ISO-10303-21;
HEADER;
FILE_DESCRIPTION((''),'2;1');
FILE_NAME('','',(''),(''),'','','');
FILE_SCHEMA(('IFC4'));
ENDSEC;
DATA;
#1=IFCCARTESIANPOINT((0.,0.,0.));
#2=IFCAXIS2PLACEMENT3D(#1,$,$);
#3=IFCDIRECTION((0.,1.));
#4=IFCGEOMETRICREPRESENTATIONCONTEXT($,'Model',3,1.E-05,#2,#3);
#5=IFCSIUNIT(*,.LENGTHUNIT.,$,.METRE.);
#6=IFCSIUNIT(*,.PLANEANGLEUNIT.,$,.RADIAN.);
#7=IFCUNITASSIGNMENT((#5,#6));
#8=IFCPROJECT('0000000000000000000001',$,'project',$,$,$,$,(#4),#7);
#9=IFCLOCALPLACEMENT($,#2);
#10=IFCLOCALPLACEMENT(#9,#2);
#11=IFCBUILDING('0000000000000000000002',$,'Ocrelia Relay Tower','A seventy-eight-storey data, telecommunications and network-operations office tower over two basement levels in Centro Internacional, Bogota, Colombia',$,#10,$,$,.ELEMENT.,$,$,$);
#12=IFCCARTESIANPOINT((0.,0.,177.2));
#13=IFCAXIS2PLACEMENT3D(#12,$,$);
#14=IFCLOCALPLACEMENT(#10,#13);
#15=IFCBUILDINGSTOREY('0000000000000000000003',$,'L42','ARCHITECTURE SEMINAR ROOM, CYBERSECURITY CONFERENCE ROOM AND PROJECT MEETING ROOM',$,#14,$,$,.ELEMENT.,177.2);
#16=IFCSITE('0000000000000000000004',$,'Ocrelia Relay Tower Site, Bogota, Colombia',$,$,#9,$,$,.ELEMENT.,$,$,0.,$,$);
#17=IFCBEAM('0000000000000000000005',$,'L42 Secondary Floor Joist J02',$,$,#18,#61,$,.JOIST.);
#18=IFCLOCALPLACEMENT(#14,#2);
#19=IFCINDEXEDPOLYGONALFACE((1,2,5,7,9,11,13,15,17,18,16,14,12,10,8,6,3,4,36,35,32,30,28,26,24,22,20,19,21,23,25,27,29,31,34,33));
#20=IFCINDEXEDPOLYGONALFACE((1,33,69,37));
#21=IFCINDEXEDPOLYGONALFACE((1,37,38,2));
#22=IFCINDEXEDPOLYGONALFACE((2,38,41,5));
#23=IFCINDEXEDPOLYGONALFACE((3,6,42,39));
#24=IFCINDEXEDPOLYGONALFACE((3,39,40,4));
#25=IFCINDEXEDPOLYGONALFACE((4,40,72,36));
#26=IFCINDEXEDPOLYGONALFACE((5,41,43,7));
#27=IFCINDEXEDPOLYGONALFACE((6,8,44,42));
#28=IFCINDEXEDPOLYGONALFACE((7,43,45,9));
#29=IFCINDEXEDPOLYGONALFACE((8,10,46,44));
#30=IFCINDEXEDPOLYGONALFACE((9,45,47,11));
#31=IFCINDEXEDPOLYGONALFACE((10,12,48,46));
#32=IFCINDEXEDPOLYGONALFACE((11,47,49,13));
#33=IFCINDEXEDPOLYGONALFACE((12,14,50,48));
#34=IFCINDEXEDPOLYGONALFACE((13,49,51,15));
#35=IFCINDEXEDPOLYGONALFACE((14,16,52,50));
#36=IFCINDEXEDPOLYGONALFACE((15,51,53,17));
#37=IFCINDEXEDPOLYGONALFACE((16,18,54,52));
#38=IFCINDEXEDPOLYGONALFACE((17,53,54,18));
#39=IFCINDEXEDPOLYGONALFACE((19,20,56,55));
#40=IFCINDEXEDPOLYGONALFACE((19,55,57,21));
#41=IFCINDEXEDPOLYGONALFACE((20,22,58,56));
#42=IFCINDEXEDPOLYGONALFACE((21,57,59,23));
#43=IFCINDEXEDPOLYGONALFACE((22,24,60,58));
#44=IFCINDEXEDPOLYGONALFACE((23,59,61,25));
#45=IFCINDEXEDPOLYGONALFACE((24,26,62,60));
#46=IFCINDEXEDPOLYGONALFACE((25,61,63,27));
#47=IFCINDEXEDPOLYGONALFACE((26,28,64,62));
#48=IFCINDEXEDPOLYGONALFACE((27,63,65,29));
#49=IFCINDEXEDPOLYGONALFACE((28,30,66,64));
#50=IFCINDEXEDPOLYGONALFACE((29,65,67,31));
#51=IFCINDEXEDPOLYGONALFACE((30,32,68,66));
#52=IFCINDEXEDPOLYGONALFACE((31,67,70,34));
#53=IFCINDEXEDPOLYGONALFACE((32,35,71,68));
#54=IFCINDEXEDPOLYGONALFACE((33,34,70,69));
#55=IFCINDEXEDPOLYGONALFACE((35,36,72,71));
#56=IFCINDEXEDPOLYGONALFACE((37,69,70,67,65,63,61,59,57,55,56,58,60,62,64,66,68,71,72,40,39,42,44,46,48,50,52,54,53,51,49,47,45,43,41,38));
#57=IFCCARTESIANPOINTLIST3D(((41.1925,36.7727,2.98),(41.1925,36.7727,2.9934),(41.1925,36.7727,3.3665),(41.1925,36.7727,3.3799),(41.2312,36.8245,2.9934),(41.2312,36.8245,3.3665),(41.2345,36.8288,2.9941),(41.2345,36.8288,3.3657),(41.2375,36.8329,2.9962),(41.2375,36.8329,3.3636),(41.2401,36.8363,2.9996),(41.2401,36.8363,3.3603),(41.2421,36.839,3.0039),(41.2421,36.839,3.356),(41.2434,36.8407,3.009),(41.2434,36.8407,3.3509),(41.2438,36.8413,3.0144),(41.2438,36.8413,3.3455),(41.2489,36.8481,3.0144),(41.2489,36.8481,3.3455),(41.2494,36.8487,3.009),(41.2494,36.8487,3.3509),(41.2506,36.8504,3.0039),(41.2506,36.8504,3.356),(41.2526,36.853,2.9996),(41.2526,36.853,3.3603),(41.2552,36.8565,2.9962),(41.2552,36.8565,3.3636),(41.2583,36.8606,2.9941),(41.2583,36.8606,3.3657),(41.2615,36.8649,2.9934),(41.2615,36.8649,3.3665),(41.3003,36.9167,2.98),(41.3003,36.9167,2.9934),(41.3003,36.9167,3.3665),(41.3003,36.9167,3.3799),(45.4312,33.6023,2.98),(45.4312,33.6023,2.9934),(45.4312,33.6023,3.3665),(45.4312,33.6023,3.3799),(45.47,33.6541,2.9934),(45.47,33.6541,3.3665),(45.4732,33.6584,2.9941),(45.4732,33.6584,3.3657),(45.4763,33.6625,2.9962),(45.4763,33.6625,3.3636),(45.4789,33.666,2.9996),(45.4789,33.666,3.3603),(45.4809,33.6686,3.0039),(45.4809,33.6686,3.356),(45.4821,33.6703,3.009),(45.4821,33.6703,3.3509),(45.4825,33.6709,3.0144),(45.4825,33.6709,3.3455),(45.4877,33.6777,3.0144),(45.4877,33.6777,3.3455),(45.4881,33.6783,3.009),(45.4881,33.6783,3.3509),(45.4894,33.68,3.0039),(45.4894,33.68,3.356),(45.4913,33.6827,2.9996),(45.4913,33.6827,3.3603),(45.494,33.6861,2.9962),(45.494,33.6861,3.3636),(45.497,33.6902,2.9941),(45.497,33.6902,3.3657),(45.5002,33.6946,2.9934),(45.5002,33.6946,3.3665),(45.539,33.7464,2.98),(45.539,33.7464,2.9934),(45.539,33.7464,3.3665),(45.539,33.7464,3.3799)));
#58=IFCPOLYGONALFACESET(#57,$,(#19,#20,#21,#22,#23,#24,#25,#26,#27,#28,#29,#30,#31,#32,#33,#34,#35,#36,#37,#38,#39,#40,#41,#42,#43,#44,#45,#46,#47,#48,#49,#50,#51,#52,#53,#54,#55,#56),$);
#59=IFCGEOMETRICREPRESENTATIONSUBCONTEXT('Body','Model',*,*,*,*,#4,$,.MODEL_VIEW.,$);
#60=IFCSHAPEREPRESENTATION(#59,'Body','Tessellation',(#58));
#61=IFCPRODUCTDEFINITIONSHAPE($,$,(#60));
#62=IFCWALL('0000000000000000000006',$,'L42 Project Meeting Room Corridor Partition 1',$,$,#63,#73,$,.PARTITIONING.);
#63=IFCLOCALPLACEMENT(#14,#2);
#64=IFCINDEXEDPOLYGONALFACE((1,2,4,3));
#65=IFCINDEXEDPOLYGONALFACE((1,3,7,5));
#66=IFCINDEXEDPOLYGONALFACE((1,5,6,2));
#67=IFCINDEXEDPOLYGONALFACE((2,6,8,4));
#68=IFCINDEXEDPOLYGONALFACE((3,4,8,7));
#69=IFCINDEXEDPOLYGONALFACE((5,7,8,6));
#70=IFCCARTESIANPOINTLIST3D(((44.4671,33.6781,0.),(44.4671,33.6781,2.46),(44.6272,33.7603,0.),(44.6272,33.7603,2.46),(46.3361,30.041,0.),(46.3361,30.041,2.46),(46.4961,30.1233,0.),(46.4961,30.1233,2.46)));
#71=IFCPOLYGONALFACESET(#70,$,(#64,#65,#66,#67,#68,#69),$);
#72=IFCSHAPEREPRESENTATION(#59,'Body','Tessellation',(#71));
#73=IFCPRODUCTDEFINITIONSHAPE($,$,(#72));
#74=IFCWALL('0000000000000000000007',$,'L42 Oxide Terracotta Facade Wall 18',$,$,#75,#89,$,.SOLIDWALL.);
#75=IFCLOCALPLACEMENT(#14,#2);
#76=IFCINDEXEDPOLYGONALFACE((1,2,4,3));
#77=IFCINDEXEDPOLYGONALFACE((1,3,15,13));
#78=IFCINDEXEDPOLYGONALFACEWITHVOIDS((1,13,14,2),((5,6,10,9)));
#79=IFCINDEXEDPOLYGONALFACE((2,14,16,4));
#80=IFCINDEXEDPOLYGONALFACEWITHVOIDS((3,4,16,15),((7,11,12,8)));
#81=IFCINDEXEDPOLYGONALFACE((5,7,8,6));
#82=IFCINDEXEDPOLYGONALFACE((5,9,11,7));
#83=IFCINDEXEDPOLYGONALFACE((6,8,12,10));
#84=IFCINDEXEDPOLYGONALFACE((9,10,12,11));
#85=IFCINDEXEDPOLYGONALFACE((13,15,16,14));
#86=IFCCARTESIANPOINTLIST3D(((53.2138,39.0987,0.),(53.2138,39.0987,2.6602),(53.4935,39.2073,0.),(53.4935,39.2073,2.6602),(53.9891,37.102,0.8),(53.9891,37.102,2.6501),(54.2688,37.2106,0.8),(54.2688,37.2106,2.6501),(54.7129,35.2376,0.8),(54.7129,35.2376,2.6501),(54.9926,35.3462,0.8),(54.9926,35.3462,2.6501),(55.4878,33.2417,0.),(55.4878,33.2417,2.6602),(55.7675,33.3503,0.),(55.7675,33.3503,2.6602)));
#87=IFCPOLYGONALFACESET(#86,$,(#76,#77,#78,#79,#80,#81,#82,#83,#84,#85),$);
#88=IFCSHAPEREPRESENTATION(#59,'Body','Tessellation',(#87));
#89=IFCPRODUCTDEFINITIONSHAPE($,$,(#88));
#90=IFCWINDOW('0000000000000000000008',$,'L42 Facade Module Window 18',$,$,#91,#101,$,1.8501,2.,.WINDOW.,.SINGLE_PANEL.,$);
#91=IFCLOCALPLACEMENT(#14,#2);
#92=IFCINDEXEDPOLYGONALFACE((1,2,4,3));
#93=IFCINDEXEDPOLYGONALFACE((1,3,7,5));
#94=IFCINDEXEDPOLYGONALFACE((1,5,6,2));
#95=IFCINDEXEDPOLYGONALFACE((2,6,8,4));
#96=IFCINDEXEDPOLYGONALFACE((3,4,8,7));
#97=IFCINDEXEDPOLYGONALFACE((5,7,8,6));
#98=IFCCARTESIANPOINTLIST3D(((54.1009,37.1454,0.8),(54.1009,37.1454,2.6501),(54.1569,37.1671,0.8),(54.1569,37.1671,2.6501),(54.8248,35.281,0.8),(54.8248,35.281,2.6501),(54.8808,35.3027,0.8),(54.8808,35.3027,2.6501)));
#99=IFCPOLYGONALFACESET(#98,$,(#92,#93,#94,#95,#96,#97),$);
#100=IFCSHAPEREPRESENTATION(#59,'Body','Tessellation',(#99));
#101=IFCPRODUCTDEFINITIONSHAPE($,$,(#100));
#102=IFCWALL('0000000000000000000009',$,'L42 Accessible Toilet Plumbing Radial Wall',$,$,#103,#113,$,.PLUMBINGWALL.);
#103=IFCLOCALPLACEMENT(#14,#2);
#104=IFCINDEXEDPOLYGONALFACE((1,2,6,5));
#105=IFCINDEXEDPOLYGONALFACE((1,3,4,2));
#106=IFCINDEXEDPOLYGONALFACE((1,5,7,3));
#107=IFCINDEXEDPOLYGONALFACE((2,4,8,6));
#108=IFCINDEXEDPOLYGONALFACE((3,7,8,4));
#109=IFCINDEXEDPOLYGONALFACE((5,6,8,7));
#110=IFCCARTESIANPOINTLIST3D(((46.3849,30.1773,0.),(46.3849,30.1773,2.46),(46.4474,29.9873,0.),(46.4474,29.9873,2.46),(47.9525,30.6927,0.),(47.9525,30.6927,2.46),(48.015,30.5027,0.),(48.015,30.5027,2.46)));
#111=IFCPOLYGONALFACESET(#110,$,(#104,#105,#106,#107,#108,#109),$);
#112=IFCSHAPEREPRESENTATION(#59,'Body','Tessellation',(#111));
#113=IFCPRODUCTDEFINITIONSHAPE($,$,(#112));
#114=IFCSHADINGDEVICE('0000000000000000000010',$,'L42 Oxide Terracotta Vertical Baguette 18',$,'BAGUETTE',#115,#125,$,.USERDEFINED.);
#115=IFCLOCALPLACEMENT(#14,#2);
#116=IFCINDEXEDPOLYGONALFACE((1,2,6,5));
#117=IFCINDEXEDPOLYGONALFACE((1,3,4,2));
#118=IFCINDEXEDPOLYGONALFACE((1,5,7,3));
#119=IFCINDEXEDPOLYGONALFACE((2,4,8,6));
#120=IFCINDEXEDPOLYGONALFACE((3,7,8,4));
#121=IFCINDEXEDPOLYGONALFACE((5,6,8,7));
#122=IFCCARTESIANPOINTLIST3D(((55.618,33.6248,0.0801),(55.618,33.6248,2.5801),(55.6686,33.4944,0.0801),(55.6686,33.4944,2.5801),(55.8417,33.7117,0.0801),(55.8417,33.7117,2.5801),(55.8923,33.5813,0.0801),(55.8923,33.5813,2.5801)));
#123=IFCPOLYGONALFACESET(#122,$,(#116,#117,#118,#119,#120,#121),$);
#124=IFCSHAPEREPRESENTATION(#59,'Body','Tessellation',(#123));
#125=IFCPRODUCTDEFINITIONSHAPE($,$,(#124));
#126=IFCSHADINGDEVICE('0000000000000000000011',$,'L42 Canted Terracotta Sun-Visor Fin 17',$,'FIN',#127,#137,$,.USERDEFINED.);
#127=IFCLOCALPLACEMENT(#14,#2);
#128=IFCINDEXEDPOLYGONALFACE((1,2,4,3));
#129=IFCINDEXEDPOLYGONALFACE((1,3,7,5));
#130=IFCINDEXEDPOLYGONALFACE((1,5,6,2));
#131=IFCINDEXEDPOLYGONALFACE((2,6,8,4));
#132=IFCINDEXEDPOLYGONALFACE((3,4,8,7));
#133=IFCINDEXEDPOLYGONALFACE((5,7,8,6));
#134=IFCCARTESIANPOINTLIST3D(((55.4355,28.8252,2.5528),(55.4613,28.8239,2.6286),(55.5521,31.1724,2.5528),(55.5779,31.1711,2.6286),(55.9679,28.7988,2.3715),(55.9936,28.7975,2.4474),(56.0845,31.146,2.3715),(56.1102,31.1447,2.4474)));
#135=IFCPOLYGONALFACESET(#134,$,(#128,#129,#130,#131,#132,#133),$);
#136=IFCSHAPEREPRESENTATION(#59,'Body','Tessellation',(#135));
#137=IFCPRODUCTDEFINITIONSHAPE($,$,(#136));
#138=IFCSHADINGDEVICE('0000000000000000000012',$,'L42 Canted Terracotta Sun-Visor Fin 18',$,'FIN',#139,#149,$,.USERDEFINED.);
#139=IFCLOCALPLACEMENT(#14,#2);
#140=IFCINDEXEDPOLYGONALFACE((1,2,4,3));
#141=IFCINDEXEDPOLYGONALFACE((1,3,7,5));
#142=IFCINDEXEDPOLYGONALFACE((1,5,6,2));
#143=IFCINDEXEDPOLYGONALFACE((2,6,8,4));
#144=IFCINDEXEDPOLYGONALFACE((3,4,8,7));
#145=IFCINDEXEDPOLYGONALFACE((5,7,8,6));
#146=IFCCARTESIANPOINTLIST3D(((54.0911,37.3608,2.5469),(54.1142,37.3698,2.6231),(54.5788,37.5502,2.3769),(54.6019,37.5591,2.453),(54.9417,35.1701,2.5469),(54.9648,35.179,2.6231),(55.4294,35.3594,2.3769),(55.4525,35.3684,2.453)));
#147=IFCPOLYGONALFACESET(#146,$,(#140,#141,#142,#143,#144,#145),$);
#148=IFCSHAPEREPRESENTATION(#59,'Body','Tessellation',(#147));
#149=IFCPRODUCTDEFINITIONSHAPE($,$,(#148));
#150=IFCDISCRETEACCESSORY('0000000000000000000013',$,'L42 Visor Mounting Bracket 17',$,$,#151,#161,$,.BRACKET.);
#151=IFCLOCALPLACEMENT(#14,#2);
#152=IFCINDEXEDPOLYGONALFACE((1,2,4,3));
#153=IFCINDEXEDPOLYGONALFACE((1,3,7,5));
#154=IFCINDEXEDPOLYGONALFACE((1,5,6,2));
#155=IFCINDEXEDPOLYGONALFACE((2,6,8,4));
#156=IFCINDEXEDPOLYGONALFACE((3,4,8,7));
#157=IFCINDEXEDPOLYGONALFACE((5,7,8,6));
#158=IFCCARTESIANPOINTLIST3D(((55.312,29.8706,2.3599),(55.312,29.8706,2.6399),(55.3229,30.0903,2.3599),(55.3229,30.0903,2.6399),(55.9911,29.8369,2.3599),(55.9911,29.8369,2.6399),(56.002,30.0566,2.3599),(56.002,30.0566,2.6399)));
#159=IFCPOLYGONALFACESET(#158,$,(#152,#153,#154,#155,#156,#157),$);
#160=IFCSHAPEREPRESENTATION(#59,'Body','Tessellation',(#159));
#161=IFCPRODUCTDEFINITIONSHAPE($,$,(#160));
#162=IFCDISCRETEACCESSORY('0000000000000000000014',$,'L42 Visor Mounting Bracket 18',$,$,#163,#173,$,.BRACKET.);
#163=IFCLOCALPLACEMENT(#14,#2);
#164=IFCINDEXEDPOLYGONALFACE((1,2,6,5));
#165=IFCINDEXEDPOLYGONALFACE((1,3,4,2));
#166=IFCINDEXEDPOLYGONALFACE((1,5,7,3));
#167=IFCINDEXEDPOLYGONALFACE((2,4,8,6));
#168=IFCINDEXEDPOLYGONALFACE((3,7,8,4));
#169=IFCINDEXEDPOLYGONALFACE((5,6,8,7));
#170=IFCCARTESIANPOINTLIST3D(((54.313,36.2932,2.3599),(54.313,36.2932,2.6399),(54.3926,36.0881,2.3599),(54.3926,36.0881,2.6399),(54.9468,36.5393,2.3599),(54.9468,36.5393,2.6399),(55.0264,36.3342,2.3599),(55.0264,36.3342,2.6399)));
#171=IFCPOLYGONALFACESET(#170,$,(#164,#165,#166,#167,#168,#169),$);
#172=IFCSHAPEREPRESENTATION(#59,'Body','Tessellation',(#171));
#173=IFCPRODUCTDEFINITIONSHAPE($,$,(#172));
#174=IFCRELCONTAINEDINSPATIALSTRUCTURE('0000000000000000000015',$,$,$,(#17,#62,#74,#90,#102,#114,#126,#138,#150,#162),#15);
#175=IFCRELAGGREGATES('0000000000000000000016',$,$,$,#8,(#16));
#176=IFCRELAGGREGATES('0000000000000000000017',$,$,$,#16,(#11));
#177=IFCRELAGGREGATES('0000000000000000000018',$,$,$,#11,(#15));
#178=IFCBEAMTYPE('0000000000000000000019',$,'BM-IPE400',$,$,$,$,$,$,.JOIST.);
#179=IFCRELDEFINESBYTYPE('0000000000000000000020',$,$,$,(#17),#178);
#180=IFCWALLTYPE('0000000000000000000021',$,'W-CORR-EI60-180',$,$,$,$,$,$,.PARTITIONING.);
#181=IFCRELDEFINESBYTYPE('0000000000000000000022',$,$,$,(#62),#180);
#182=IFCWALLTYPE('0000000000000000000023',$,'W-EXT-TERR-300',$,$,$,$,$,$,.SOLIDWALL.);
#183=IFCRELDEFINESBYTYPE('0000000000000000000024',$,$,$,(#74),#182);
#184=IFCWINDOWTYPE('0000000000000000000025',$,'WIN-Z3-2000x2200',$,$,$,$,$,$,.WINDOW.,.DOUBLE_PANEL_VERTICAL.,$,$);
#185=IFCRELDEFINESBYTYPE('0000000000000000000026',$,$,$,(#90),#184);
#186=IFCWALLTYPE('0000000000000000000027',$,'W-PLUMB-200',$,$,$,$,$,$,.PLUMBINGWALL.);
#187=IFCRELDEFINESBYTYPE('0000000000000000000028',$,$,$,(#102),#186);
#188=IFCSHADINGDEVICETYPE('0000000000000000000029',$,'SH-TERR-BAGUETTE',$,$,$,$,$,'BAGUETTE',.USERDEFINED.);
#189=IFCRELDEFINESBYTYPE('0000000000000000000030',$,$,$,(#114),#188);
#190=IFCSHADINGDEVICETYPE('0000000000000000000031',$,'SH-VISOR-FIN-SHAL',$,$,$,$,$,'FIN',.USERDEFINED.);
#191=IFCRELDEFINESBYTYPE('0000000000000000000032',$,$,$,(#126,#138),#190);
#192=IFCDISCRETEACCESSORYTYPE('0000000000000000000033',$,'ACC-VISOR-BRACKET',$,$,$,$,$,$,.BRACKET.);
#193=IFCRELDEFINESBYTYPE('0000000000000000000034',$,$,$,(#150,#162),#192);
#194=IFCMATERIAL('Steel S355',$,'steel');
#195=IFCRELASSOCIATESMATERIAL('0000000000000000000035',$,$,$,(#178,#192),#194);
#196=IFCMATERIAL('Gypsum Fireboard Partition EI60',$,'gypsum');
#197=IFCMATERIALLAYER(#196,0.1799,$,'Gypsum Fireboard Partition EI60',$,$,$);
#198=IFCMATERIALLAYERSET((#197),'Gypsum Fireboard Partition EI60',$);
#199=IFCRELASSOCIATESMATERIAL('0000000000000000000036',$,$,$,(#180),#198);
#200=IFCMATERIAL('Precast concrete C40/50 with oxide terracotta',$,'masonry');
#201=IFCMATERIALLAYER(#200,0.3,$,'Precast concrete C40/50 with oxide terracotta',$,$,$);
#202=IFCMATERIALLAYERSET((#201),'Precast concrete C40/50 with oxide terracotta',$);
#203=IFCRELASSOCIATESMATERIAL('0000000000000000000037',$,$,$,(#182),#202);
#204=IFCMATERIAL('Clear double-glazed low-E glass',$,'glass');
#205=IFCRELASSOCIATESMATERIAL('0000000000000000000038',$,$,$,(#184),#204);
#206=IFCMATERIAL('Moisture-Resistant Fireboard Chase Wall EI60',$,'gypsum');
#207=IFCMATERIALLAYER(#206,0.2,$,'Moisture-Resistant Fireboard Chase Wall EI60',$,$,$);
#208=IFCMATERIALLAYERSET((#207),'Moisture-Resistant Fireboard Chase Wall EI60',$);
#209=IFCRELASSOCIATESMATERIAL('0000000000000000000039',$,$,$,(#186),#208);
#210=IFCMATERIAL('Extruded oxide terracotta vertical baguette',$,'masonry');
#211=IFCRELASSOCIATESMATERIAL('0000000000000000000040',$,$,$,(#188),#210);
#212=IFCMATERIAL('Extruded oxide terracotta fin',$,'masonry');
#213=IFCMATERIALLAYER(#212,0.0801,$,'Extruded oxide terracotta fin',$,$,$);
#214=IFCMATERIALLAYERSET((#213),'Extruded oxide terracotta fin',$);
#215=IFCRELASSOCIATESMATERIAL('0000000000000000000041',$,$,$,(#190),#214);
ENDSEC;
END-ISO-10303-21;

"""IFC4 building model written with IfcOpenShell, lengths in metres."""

from ifc_helpers import new_model, si_unit, direction, frame, frame_2d, origin, origin_2d, place, context, subcontext, project, spatial, rectangle, i_section, extrude, material, layer, layer_set, material_profile, profile_set, type_object, element, fill, save


model = new_model("IFC4")

# Units and contexts
model_context = context("Model", 3, precision=1e-05, world=origin(), true_north=direction((0.0, 1.0)))
body_context = subcontext(model_context, "Body", "Model", "MODEL_VIEW")
ifc_project = project(units=[si_unit("LENGTHUNIT", "METRE"), si_unit("PLANEANGLEUNIT", "RADIAN")], contexts=[model_context])

# Site, building, storey
site_placement = place(None, origin())
site = spatial("IfcSite", under=ifc_project, at=site_placement, Name="Ocrelia Relay Tower Site, Bogota, Colombia", CompositionType="ELEMENT", RefElevation=0.0)
building_placement = place(site_placement, origin())
building = spatial("IfcBuilding", under=site, at=building_placement, Name="Ocrelia Relay Tower", Description="A seventy-eight-storey data, telecommunications and network-operations office tower over two basement levels in Centro Internacional, Bogota, Colombia", CompositionType="ELEMENT")
storey_placement = place(building_placement, frame((0.0, 0.0, 177.2)))
storey = spatial("IfcBuildingStorey", under=building, at=storey_placement, Name="L42", Description="ARCHITECTURE SEMINAR ROOM, CYBERSECURITY CONFERENCE ROOM AND PROJECT MEETING ROOM", CompositionType="ELEMENT", Elevation=177.2)

# Beam
ifc_material_1 = material(Name="Steel S355", Category="steel")
ifc_material_profile_1 = material_profile(ifc_material_1, i_section(OverallWidth=0.1799, OverallDepth=0.3999, WebThickness=0.0085, FlangeThickness=0.0134, FilletRadius=0.021, at=origin_2d()), Name="IPE 400")
ifc_profile_set_1 = profile_set([ifc_material_profile_1], Name="Steel S355")
beam_type_1 = type_object("IfcBeamType", Name="BM-IPE400", PredefinedType="JOIST", material=ifc_profile_set_1)
beam_1_placement = place(storey_placement, frame((45.4851, 33.6743, 3.1799), z_axis=(-0.800785, 0.598952, 0.0), x_axis=(-0.598952, -0.800785, 0.0)))
element("IfcBeam", 1, at=beam_1_placement, inside=storey, type_object=beam_type_1, Name="L42 Secondary Floor Joist J02", PredefinedType="JOIST", context=body_context, shape_type="SweptSolid", body=[
    extrude(i_section(OverallWidth=0.1799, OverallDepth=0.3999, WebThickness=0.0085, FlangeThickness=0.0134, FilletRadius=0.021, at=origin_2d()), origin(), (0.0, 0.0, 1.0), 5.2932),
])

# Wall
ifc_material_2 = material(Name="Gypsum Fireboard Partition EI60", Category="gypsum")
ifc_layer_1 = layer(ifc_material_2, 0.1799, Name="Gypsum Fireboard Partition EI60")
ifc_layer_set_1 = layer_set([ifc_layer_1], Name="Gypsum Fireboard Partition EI60")
wall_type_1 = type_object("IfcWallType", Name="W-CORR-EI60-180", PredefinedType="PARTITIONING", material=ifc_layer_set_1)
wall_1_placement = place(storey_placement, frame((46.416, 30.0823, 0.0), z_axis=(0.0, 0.0, 1.0), x_axis=(-0.45705, 0.889441, 0.0)))
element("IfcWall", 2, at=wall_1_placement, inside=storey, type_object=wall_type_1, Name="L42 Project Meeting Room Corridor Partition 1", PredefinedType="PARTITIONING", context=body_context, shape_type="SweptSolid", body=[
    extrude(rectangle(XDim=4.0891, YDim=0.1799, at=frame_2d((2.0444, 0.0))), origin(), (0.0, 0.0, 1.0), 2.46),
])

# Wall, opening, window
ifc_material_3 = material(Name="Precast concrete C40/50 with oxide terracotta", Category="masonry")
ifc_layer_2 = layer(ifc_material_3, 0.3, Name="Precast concrete C40/50 with oxide terracotta")
ifc_layer_set_2 = layer_set([ifc_layer_2], Name="Precast concrete C40/50 with oxide terracotta")
wall_type_2 = type_object("IfcWallType", Name="W-EXT-TERR-300", PredefinedType="SOLIDWALL", material=ifc_layer_set_2)
wall_2_placement = place(storey_placement, frame((55.6277, 33.2959, 0.0), z_axis=(0.0, 0.0, 1.0), x_axis=(-0.361925, 0.932207, 0.0)))
wall_2 = element("IfcWall", 3, at=wall_2_placement, inside=storey, type_object=wall_type_2, Name="L42 Oxide Terracotta Facade Wall 18", PredefinedType="SOLIDWALL", context=body_context, shape_type="SweptSolid", body=[
    extrude(rectangle(XDim=6.283, YDim=0.3, at=frame_2d((3.1416, 0.0))), origin(), (0.0, 0.0, 1.0), 2.6602),
])
opening_1_placement = place(wall_2_placement, frame((2.1411, 0.0, 0.8)))
opening_1 = element("IfcOpeningElement", 4, at=opening_1_placement, cuts=wall_2, PredefinedType="OPENING", context=body_context, shape_type="SweptSolid", body=[
    extrude(rectangle(XDim=2.0, YDim=1.8501, at=frame_2d((1.0, 0.925))), frame((0.0, 0.1602, 0.0), z_axis=(0.0, -1.0, 0.0), x_axis=(1.0, 0.0, 0.0)), (0.0, 0.0, 1.0), 0.3201),
])
ifc_material_4 = material(Name="Clear double-glazed low-E glass", Category="glass")
window_type = type_object("IfcWindowType", Name="WIN-Z3-2000x2200", PartitioningType="DOUBLE_PANEL_VERTICAL", PredefinedType="WINDOW", material=ifc_material_4)
window_placement = place(opening_1_placement, origin())
window = element("IfcWindow", 5, at=window_placement, inside=storey, type_object=window_type, Name="L42 Facade Module Window 18", OverallHeight=1.8501, OverallWidth=2.0, PartitioningType="SINGLE_PANEL", PredefinedType="WINDOW", context=body_context, shape_type="SweptSolid", body=[
    extrude(rectangle(XDim=2.0, YDim=1.8501, at=frame_2d((1.0, 0.925))), frame((0.0, 0.03, 0.0), z_axis=(0.0, -1.0, 0.0), x_axis=(1.0, 0.0, 0.0)), (0.0, 0.0, 1.0), 0.0601),
])
fill(opening_1, window)

# Wall
ifc_material_5 = material(Name="Moisture-Resistant Fireboard Chase Wall EI60", Category="gypsum")
ifc_layer_3 = layer(ifc_material_5, 0.2, Name="Moisture-Resistant Fireboard Chase Wall EI60")
ifc_layer_set_3 = layer_set([ifc_layer_3], Name="Moisture-Resistant Fireboard Chase Wall EI60")
wall_type_3 = type_object("IfcWallType", Name="W-PLUMB-200", PredefinedType="PLUMBINGWALL", material=ifc_layer_set_3)
wall_3_placement = place(storey_placement, frame((46.416, 30.0823, 0.0), z_axis=(0.0, 0.0, 1.0), x_axis=(0.949977, 0.312319, 0.0)))
element("IfcWall", 6, at=wall_3_placement, inside=storey, type_object=wall_type_3, Name="L42 Accessible Toilet Plumbing Radial Wall", PredefinedType="PLUMBINGWALL", context=body_context, shape_type="SweptSolid", body=[
    extrude(rectangle(XDim=1.6501, YDim=0.2, at=frame_2d((0.8252, 0.0))), origin(), (0.0, 0.0, 1.0), 2.46),
])

# Shading devices
ifc_material_6 = material(Name="Extruded oxide terracotta vertical baguette", Category="masonry")
shading_device_type_1 = type_object("IfcShadingDeviceType", Name="SH-TERR-BAGUETTE", ElementType="BAGUETTE", PredefinedType="USERDEFINED", material=ifc_material_6)
shading_device_1_placement = place(storey_placement, frame((55.7551, 33.603, 0.0801), z_axis=(0.0, 0.0, 1.0), x_axis=(-0.361942, 0.9322, 0.0)))
element("IfcShadingDevice", 7, at=shading_device_1_placement, inside=storey, type_object=shading_device_type_1, Name="L42 Oxide Terracotta Vertical Baguette 18", ObjectType="BAGUETTE", PredefinedType="USERDEFINED", context=body_context, shape_type="SweptSolid", body=[
    extrude(rectangle(XDim=0.1399, YDim=0.24, at=origin_2d()), origin(), (0.0, 0.0, 1.0), 2.5),
])
ifc_material_7 = material(Name="Extruded oxide terracotta fin", Category="masonry")
ifc_layer_4 = layer(ifc_material_7, 0.0801, Name="Extruded oxide terracotta fin")
ifc_layer_set_4 = layer_set([ifc_layer_4], Name="Extruded oxide terracotta fin")
shading_device_type_2 = type_object("IfcShadingDeviceType", Name="SH-VISOR-FIN-SHAL", ElementType="FIN", PredefinedType="USERDEFINED", material=ifc_layer_set_4)
shading_device_2_placement = place(storey_placement, frame((55.76, 29.9856, 2.4622), z_axis=(0.321539, -0.01597, 0.946762), x_axis=(0.049607, 0.998769, 0.0)))
element("IfcShadingDevice", 8, at=shading_device_2_placement, inside=storey, type_object=shading_device_type_2, Name="L42 Canted Terracotta Sun-Visor Fin 17", ObjectType="FIN", PredefinedType="USERDEFINED", context=body_context, shape_type="SweptSolid", body=[
    extrude(rectangle(XDim=2.3501, YDim=0.563, at=origin_2d()), origin(), (0.0, 0.0, 1.0), 0.0801),
])
shading_device_3_placement = place(storey_placement, frame((54.7603, 36.3601, 2.4619), z_axis=(0.288221, 0.111906, 0.951003), x_axis=(-0.361942, 0.9322, 0.0)))
element("IfcShadingDevice", 9, at=shading_device_3_placement, inside=storey, type_object=shading_device_type_2, Name="L42 Canted Terracotta Sun-Visor Fin 18", ObjectType="FIN", PredefinedType="USERDEFINED", context=body_context, shape_type="SweptSolid", body=[
    extrude(rectangle(XDim=2.3501, YDim=0.55, at=origin_2d()), origin(), (0.0, 0.0, 1.0), 0.0801),
])

# Discrete accessories
discrete_accessory_type = type_object("IfcDiscreteAccessoryType", Name="ACC-VISOR-BRACKET", PredefinedType="BRACKET", material=ifc_material_1)
for number, where, z_axis, x_axis, name in (
    (10, (55.657, 29.9636, 2.3599), (0.0, 0.0, 1.0), (0.049607, 0.998769, 0.0), "L42 Visor Mounting Bracket 17"),
    (11, (54.6697, 36.3137, 2.3599), (0.0, 0.0, 1.0), (-0.361942, 0.9322, 0.0), "L42 Visor Mounting Bracket 18"),
):
    element("IfcDiscreteAccessory", number, at=place(storey_placement, frame(where, z_axis=z_axis, x_axis=x_axis)), inside=storey, type_object=discrete_accessory_type, Name=name, PredefinedType="BRACKET", context=body_context, shape_type="SweptSolid", body=[
        extrude(rectangle(XDim=0.22, YDim=0.6799, at=origin_2d()), origin(), (0.0, 0.0, 1.0), 0.28),
    ])

save(model, "model.ifc")
